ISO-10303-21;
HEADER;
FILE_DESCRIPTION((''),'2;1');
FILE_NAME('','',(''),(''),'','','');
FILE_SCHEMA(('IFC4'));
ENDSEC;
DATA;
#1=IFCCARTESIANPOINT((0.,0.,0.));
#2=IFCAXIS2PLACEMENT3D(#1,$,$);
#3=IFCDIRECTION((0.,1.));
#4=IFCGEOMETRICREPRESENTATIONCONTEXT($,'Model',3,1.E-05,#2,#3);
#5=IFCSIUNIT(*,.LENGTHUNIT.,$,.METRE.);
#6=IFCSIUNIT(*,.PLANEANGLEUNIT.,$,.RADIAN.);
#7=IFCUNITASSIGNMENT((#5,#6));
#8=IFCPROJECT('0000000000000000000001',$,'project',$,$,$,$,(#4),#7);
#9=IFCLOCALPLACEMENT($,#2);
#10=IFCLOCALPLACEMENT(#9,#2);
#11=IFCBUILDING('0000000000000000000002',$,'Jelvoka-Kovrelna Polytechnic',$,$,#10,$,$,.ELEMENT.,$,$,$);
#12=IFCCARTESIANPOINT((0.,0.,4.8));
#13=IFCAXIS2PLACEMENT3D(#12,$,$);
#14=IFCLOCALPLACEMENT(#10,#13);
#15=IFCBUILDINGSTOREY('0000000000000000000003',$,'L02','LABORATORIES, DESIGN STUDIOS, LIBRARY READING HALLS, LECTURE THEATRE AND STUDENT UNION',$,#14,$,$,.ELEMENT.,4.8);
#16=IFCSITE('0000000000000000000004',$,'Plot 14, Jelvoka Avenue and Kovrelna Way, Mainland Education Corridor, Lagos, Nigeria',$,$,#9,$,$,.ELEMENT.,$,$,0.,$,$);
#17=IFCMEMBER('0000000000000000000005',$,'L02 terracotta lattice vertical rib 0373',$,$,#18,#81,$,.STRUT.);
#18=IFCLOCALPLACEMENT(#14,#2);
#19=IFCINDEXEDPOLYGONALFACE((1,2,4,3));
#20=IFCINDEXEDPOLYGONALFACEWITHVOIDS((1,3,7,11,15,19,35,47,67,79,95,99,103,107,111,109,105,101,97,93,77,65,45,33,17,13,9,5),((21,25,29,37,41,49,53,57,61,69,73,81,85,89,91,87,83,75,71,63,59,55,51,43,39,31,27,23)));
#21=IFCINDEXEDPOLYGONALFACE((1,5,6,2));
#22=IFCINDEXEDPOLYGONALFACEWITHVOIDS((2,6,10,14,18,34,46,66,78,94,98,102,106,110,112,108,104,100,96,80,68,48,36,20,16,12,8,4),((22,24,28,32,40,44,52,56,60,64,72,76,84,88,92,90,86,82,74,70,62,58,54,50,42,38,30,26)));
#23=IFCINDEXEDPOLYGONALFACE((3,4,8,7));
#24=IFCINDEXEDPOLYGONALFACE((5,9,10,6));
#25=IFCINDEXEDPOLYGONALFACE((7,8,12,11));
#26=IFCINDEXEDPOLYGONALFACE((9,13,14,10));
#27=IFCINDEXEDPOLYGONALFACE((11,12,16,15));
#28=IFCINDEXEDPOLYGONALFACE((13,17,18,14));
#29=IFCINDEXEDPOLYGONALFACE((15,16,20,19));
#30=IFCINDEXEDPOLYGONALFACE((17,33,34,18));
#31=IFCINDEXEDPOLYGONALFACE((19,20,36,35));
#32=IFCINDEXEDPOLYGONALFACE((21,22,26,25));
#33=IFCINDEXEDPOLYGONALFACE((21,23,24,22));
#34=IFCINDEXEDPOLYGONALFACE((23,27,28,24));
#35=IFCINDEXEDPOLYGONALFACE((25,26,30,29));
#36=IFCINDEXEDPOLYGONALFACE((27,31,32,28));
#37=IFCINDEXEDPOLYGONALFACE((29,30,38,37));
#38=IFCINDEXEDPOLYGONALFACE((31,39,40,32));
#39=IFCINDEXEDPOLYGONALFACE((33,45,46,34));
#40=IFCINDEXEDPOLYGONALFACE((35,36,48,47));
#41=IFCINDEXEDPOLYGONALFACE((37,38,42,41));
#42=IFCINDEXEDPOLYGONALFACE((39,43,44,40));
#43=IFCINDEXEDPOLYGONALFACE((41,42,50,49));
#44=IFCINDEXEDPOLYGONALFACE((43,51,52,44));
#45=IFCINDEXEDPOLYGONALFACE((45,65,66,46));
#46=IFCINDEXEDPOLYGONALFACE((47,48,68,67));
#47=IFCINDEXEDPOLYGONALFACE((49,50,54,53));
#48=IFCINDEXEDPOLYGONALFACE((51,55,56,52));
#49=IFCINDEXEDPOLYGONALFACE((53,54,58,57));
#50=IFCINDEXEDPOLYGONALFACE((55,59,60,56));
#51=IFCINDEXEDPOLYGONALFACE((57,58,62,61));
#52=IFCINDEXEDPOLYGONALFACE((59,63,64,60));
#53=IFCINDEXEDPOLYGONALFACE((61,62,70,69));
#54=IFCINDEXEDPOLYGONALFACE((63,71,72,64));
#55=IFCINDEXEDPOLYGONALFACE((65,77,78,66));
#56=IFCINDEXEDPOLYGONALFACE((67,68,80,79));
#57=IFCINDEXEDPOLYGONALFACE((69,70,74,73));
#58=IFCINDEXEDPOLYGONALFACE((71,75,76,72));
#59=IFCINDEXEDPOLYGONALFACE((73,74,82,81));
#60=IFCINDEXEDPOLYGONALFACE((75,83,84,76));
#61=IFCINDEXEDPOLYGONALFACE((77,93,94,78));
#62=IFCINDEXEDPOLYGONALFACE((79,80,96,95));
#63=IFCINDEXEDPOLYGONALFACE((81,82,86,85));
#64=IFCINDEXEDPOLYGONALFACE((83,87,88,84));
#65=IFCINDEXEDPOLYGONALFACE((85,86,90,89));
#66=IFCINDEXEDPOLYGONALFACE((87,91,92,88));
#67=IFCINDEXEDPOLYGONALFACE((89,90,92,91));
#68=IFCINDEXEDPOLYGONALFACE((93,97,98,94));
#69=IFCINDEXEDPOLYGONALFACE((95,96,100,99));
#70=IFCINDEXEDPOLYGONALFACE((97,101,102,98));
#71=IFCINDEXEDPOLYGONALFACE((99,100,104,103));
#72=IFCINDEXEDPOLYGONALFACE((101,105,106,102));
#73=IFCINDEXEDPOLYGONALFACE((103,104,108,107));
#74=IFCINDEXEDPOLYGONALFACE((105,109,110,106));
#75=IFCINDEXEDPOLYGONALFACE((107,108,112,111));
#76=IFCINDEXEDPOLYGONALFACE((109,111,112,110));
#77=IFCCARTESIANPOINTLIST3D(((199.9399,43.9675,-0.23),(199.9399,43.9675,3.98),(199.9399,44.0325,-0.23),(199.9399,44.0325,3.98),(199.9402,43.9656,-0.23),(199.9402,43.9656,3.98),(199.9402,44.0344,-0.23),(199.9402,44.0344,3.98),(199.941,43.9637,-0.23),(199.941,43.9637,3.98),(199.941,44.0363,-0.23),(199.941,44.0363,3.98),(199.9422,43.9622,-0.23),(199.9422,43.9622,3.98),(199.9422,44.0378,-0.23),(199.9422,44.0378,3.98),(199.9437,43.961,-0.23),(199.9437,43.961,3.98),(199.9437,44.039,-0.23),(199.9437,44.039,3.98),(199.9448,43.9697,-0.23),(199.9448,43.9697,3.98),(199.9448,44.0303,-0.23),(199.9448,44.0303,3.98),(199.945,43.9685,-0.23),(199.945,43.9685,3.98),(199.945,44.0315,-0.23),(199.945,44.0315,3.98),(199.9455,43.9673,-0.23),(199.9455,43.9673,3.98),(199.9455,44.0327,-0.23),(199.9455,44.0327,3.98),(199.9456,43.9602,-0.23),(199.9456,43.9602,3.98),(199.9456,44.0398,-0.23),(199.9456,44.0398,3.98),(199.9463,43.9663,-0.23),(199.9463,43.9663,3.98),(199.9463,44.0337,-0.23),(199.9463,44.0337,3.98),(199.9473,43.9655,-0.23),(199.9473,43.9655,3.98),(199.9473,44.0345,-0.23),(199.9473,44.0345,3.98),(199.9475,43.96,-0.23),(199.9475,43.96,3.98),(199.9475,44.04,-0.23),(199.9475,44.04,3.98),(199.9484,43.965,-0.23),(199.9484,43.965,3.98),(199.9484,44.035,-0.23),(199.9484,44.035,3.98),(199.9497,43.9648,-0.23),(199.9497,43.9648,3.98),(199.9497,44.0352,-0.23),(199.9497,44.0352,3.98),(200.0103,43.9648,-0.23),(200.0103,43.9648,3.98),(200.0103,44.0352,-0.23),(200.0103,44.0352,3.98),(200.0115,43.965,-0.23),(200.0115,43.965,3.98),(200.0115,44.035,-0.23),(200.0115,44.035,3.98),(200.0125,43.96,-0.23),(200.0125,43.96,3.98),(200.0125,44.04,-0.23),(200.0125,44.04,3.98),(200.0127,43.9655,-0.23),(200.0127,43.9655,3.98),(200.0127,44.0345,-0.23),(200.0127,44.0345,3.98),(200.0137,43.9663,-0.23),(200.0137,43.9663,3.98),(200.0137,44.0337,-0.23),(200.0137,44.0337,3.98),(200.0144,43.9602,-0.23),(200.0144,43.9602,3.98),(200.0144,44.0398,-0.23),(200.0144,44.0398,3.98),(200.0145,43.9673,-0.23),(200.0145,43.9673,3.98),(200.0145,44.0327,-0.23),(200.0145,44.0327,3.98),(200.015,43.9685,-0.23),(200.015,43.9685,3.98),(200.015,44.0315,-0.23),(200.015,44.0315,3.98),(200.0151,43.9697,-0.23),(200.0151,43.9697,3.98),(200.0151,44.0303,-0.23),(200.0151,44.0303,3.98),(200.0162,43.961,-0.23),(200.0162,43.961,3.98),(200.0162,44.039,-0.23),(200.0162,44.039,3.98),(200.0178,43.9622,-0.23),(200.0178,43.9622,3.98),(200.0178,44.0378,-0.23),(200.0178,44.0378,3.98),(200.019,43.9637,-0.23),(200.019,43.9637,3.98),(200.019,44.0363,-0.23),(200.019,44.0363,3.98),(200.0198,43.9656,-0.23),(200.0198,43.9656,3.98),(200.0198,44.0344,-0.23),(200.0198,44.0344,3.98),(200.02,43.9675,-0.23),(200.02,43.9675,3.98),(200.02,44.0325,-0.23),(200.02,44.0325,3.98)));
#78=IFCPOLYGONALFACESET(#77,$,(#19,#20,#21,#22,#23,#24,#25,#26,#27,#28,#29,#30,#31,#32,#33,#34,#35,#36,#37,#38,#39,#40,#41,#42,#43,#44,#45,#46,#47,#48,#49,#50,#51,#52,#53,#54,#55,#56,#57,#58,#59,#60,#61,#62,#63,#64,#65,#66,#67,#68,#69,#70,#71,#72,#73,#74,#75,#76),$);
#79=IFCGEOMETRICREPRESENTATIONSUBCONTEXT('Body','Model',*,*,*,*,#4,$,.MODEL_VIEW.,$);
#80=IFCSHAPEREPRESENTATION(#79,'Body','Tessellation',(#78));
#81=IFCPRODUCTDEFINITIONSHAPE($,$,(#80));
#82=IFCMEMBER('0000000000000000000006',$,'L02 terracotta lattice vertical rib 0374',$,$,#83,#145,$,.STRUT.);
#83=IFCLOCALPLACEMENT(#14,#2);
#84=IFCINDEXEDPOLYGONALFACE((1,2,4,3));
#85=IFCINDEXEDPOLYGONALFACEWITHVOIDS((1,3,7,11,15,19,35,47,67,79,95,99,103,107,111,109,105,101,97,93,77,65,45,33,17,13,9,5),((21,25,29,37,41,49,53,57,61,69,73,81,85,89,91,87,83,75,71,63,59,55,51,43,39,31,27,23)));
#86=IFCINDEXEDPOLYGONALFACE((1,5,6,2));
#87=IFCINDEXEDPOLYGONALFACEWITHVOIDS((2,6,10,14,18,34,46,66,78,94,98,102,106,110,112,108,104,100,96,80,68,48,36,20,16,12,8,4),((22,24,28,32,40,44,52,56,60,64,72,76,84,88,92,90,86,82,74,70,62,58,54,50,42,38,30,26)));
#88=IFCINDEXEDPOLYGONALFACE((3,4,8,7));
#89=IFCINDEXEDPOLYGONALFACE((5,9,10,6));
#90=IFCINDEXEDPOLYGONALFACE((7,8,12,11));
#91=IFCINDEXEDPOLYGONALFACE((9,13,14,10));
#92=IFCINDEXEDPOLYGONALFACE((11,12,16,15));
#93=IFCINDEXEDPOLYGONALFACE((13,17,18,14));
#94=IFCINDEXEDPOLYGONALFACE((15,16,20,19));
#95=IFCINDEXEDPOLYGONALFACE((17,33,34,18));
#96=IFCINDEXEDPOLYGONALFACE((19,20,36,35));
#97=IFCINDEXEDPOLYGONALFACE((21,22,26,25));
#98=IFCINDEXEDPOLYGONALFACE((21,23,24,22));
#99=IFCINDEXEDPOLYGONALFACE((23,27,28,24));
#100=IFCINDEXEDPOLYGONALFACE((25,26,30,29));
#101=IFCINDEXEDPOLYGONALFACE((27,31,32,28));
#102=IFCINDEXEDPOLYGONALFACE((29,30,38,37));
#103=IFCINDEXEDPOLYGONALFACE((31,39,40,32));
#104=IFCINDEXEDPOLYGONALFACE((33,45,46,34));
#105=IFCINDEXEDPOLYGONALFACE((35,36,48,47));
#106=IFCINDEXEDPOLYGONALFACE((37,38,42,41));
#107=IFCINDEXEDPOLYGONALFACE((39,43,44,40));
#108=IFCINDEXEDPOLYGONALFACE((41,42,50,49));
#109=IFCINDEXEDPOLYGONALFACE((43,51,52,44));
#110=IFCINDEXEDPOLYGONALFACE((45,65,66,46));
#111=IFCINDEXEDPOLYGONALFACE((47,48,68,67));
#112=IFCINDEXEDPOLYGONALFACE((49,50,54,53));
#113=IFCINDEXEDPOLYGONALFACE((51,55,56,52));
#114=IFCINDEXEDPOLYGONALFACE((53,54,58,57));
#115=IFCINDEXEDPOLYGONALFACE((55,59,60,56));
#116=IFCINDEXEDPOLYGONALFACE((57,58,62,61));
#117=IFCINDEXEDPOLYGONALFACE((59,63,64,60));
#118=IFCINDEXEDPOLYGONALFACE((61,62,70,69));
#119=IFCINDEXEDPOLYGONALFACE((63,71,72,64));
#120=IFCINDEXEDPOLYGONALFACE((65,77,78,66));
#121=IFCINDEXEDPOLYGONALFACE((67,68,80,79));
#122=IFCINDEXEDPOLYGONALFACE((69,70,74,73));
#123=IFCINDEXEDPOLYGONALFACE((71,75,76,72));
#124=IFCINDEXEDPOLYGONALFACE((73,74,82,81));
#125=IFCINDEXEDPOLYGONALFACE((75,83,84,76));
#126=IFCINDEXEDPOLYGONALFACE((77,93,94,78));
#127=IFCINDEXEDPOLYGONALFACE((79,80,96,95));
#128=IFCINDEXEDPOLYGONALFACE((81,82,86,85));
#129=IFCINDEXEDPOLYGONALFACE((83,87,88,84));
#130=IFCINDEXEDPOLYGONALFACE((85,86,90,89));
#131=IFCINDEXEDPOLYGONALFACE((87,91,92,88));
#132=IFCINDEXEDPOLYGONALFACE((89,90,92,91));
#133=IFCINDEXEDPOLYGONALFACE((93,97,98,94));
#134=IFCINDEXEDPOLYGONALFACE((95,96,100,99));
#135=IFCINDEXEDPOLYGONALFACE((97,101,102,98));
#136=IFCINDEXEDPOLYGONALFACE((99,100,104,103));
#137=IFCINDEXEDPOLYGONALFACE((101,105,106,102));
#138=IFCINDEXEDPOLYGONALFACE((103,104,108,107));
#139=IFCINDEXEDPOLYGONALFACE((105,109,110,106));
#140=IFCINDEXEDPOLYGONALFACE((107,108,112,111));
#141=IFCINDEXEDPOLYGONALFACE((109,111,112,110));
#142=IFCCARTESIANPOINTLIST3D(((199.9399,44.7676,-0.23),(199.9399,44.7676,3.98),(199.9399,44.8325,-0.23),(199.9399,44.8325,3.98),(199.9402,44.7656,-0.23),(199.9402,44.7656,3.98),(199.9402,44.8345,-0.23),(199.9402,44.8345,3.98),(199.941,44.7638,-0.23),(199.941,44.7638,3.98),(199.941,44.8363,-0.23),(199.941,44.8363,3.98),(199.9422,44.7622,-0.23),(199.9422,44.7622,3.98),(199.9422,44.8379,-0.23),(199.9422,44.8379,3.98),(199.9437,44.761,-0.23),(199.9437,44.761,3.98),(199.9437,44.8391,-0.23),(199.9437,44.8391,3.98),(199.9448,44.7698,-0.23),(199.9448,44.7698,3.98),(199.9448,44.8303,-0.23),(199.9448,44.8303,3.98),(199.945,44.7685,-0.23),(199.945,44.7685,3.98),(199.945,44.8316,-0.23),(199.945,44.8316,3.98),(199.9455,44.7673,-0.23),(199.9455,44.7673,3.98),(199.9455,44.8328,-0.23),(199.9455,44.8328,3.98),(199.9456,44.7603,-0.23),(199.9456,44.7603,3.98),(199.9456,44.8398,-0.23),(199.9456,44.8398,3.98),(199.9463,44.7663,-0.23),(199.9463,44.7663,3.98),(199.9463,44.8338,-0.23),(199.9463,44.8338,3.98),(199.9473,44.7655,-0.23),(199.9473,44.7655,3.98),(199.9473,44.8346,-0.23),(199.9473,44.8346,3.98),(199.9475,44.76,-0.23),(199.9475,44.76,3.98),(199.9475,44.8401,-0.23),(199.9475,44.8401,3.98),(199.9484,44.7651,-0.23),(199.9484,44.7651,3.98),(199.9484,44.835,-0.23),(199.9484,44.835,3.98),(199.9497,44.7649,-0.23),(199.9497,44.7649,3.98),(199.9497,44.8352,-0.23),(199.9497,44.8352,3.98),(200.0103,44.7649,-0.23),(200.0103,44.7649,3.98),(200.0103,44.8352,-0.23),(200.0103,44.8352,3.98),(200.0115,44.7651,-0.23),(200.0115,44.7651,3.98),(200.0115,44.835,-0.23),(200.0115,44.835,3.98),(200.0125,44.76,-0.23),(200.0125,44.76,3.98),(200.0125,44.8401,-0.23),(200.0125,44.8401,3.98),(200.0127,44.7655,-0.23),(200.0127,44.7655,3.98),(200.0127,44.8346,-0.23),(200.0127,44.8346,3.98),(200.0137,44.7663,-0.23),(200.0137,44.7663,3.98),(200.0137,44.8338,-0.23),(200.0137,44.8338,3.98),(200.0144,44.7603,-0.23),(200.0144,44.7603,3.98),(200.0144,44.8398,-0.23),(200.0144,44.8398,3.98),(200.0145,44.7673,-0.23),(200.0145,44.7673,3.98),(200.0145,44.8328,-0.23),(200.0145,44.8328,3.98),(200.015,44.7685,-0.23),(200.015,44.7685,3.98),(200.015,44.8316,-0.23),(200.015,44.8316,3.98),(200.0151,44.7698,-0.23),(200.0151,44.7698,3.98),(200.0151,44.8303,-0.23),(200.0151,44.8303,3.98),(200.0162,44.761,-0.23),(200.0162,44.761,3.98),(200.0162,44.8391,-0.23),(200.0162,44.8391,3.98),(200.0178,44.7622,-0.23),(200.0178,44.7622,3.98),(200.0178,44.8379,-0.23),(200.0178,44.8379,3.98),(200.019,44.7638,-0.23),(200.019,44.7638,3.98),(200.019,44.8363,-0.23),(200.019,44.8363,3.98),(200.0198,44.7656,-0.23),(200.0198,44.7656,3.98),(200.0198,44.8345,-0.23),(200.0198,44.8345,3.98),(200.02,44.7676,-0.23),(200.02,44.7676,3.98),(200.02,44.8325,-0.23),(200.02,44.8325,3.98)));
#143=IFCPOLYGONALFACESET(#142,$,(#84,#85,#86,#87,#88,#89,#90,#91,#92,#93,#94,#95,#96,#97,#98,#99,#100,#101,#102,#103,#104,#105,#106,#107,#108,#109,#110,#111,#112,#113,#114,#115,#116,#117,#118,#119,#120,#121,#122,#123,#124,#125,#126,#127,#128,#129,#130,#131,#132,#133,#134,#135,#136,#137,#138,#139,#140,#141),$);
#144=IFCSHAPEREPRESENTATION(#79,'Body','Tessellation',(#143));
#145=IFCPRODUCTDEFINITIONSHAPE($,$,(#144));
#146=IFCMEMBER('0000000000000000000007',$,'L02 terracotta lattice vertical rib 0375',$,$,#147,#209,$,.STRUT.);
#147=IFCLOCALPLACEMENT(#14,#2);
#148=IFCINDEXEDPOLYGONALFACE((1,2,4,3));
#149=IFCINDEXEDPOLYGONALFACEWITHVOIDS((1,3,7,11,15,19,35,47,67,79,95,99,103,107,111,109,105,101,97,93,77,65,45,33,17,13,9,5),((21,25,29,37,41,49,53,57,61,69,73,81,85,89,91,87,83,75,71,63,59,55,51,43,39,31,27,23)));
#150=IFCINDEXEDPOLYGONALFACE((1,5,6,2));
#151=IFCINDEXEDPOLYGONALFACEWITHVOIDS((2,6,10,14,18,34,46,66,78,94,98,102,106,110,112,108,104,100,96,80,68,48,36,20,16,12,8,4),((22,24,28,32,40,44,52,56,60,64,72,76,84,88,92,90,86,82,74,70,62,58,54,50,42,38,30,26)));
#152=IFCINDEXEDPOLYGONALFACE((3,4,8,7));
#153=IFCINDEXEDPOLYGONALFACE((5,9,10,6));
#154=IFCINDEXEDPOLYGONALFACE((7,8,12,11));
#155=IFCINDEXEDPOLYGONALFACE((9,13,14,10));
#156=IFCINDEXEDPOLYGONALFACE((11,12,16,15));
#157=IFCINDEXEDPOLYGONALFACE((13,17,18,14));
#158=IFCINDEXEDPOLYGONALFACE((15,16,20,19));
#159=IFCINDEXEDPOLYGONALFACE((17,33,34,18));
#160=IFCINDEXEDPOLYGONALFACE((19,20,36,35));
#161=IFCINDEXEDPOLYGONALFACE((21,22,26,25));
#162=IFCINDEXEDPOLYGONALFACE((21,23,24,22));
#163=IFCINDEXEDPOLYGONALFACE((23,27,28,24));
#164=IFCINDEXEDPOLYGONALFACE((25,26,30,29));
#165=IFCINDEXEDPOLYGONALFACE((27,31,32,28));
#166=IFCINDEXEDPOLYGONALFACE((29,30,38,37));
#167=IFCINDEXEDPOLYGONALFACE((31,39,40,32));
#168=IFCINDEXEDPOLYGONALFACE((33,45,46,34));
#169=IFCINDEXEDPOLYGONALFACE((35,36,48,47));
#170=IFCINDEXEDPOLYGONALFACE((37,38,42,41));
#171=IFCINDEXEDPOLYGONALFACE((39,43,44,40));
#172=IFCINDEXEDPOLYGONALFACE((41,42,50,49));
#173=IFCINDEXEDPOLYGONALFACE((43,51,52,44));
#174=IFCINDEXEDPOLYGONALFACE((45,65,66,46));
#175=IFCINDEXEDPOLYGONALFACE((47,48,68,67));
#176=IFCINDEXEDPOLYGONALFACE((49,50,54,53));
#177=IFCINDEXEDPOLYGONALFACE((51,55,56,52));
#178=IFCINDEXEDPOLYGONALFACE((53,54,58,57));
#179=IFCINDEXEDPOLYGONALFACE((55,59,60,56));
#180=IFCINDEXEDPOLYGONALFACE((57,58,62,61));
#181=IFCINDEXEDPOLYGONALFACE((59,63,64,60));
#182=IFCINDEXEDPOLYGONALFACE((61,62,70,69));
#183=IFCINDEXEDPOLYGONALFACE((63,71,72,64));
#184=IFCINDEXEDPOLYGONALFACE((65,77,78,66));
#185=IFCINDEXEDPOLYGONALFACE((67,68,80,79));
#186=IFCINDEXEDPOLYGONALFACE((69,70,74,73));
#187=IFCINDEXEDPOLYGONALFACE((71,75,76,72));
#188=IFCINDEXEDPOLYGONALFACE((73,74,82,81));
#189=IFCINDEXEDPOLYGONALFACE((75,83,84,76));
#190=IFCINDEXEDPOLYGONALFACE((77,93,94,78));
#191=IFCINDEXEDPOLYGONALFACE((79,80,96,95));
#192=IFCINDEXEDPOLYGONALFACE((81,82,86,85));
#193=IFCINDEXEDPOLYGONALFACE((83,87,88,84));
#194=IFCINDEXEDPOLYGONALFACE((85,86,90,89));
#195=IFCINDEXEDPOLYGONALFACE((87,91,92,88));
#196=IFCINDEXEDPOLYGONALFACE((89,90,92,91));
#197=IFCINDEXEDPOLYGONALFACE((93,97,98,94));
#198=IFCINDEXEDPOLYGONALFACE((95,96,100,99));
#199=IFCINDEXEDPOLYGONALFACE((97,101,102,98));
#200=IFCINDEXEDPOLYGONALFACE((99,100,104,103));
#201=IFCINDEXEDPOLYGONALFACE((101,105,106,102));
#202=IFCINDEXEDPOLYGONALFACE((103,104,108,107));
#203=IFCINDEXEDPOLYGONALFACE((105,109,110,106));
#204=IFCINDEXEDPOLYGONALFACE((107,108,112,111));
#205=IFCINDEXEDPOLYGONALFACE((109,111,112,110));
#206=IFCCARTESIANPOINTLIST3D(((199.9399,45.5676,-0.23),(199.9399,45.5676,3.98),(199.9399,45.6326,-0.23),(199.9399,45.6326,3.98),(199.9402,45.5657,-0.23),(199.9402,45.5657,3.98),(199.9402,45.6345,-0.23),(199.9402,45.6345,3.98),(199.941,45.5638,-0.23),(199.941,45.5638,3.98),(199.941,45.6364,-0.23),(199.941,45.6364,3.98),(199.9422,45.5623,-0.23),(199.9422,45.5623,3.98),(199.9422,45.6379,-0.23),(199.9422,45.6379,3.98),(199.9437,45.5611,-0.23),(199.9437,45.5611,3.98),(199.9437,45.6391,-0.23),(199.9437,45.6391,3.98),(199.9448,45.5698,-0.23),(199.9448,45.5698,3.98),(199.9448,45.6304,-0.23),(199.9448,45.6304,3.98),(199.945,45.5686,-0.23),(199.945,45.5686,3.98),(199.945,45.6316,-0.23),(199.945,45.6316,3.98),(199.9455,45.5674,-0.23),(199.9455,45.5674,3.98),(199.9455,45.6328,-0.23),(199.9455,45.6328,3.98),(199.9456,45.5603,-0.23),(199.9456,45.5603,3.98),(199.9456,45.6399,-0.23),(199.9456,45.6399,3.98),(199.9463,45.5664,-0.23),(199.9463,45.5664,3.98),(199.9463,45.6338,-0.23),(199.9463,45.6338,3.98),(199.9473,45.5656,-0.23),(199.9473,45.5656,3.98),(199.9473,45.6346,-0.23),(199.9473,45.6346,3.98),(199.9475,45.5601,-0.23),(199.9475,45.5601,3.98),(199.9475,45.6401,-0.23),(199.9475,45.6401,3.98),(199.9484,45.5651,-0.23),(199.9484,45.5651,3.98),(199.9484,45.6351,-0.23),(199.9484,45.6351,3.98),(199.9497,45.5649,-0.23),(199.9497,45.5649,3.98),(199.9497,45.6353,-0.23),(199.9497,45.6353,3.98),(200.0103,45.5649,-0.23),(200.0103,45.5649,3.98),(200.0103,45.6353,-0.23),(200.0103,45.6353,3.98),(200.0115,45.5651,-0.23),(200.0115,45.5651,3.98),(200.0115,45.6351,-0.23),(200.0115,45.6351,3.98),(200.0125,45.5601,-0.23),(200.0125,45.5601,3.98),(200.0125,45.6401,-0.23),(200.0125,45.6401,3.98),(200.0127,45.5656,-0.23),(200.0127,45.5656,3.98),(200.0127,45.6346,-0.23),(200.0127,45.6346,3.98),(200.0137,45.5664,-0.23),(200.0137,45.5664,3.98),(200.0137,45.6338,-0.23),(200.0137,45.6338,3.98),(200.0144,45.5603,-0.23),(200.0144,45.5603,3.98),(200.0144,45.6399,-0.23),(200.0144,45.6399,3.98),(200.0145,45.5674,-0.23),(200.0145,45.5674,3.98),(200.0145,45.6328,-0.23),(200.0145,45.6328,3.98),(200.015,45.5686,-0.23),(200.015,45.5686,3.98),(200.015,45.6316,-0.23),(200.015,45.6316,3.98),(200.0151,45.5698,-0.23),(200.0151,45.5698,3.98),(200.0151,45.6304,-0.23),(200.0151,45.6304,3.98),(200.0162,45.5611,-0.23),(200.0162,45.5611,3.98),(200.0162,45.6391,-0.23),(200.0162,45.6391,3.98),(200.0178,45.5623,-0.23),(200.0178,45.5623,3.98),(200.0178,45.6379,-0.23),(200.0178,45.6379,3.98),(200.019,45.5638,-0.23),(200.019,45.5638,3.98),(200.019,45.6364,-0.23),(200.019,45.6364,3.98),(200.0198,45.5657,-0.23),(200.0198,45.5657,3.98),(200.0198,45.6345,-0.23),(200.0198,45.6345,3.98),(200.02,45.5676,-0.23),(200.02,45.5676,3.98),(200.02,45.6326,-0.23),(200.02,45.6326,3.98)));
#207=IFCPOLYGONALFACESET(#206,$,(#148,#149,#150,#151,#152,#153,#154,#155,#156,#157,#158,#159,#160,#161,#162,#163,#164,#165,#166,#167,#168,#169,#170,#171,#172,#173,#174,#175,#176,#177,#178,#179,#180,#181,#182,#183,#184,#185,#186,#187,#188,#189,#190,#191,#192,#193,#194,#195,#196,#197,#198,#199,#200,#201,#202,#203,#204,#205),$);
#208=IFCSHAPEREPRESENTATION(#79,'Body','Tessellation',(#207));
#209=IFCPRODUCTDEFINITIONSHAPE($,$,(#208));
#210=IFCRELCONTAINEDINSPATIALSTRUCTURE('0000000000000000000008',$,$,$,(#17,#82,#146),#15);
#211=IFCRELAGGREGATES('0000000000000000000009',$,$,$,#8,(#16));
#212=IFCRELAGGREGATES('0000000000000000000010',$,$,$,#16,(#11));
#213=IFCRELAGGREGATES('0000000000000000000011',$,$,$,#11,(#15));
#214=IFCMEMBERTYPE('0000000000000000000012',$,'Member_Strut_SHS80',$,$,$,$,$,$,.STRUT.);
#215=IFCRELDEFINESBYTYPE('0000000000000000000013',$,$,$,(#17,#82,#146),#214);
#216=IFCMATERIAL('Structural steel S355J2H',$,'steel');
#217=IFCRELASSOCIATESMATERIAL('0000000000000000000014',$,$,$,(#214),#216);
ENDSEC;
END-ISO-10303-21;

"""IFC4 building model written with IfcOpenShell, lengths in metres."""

from ifc_helpers import new_model, si_unit, direction, frame, origin, origin_2d, place, context, subcontext, project, spatial, hollow_rectangle, extrude, material, material_profile, profile_set, type_object, element, save


model = new_model("IFC4")

# Units and contexts
model_context = context("Model", 3, precision=1e-05, world=origin(), true_north=direction((0.0, 1.0)))
body_context = subcontext(model_context, "Body", "Model", "MODEL_VIEW")
ifc_project = project(units=[si_unit("LENGTHUNIT", "METRE"), si_unit("PLANEANGLEUNIT", "RADIAN")], contexts=[model_context])

# Site, building, storey
site_placement = place(None, origin())
site = spatial("IfcSite", under=ifc_project, at=site_placement, Name="Plot 14, Jelvoka Avenue and Kovrelna Way, Mainland Education Corridor, Lagos, Nigeria", CompositionType="ELEMENT", RefElevation=0.0)
building_placement = place(site_placement, origin())
building = spatial("IfcBuilding", under=site, at=building_placement, Name="Jelvoka-Kovrelna Polytechnic", CompositionType="ELEMENT")
storey_placement = place(building_placement, frame((0.0, 0.0, 4.8)))
storey = spatial("IfcBuildingStorey", under=building, at=storey_placement, Name="L02", Description="LABORATORIES, DESIGN STUDIOS, LIBRARY READING HALLS, LECTURE THEATRE AND STUDENT UNION", CompositionType="ELEMENT", Elevation=4.8)

# Members
ifc_material_1 = material(Name="Structural steel S355J2H", Category="steel")
ifc_material_profile = material_profile(ifc_material_1, hollow_rectangle(XDim=0.0801, YDim=0.0801, WallThickness=0.0049, InnerFilletRadius=0.0049, OuterFilletRadius=0.0076, at=origin_2d()), Name="80x80x5.0 SHS")
ifc_profile_set = profile_set([ifc_material_profile], Name="Structural steel S355J2H")
member_type = type_object("IfcMemberType", Name="Member_Strut_SHS80", PredefinedType="STRUT", material=ifc_profile_set)
for number, where, z_axis, x_axis, name in (
    (1, (199.98, 44.0, -0.23), (0.0, 0.0, 1.0), (1.0, 0.0, 0.0), "L02 terracotta lattice vertical rib 0373"),
    (2, (199.98, 44.8, -0.23), (0.0, 0.0, 1.0), (1.0, 0.0, 0.0), "L02 terracotta lattice vertical rib 0374"),
    (3, (199.98, 45.6001, -0.23), (0.0, 0.0, 1.0), (1.0, 0.0, 0.0), "L02 terracotta lattice vertical rib 0375"),
):
    element("IfcMember", number, at=place(storey_placement, frame(where, z_axis=z_axis, x_axis=x_axis)), inside=storey, type_object=member_type, Name=name, PredefinedType="STRUT", context=body_context, shape_type="SweptSolid", body=[
        extrude(hollow_rectangle(XDim=0.0801, YDim=0.0801, WallThickness=0.0049, InnerFilletRadius=0.0049, OuterFilletRadius=0.0076, at=origin_2d()), origin(), (0.0, 0.0, 1.0), 4.21),
    ])

save(model, "model.ifc")
